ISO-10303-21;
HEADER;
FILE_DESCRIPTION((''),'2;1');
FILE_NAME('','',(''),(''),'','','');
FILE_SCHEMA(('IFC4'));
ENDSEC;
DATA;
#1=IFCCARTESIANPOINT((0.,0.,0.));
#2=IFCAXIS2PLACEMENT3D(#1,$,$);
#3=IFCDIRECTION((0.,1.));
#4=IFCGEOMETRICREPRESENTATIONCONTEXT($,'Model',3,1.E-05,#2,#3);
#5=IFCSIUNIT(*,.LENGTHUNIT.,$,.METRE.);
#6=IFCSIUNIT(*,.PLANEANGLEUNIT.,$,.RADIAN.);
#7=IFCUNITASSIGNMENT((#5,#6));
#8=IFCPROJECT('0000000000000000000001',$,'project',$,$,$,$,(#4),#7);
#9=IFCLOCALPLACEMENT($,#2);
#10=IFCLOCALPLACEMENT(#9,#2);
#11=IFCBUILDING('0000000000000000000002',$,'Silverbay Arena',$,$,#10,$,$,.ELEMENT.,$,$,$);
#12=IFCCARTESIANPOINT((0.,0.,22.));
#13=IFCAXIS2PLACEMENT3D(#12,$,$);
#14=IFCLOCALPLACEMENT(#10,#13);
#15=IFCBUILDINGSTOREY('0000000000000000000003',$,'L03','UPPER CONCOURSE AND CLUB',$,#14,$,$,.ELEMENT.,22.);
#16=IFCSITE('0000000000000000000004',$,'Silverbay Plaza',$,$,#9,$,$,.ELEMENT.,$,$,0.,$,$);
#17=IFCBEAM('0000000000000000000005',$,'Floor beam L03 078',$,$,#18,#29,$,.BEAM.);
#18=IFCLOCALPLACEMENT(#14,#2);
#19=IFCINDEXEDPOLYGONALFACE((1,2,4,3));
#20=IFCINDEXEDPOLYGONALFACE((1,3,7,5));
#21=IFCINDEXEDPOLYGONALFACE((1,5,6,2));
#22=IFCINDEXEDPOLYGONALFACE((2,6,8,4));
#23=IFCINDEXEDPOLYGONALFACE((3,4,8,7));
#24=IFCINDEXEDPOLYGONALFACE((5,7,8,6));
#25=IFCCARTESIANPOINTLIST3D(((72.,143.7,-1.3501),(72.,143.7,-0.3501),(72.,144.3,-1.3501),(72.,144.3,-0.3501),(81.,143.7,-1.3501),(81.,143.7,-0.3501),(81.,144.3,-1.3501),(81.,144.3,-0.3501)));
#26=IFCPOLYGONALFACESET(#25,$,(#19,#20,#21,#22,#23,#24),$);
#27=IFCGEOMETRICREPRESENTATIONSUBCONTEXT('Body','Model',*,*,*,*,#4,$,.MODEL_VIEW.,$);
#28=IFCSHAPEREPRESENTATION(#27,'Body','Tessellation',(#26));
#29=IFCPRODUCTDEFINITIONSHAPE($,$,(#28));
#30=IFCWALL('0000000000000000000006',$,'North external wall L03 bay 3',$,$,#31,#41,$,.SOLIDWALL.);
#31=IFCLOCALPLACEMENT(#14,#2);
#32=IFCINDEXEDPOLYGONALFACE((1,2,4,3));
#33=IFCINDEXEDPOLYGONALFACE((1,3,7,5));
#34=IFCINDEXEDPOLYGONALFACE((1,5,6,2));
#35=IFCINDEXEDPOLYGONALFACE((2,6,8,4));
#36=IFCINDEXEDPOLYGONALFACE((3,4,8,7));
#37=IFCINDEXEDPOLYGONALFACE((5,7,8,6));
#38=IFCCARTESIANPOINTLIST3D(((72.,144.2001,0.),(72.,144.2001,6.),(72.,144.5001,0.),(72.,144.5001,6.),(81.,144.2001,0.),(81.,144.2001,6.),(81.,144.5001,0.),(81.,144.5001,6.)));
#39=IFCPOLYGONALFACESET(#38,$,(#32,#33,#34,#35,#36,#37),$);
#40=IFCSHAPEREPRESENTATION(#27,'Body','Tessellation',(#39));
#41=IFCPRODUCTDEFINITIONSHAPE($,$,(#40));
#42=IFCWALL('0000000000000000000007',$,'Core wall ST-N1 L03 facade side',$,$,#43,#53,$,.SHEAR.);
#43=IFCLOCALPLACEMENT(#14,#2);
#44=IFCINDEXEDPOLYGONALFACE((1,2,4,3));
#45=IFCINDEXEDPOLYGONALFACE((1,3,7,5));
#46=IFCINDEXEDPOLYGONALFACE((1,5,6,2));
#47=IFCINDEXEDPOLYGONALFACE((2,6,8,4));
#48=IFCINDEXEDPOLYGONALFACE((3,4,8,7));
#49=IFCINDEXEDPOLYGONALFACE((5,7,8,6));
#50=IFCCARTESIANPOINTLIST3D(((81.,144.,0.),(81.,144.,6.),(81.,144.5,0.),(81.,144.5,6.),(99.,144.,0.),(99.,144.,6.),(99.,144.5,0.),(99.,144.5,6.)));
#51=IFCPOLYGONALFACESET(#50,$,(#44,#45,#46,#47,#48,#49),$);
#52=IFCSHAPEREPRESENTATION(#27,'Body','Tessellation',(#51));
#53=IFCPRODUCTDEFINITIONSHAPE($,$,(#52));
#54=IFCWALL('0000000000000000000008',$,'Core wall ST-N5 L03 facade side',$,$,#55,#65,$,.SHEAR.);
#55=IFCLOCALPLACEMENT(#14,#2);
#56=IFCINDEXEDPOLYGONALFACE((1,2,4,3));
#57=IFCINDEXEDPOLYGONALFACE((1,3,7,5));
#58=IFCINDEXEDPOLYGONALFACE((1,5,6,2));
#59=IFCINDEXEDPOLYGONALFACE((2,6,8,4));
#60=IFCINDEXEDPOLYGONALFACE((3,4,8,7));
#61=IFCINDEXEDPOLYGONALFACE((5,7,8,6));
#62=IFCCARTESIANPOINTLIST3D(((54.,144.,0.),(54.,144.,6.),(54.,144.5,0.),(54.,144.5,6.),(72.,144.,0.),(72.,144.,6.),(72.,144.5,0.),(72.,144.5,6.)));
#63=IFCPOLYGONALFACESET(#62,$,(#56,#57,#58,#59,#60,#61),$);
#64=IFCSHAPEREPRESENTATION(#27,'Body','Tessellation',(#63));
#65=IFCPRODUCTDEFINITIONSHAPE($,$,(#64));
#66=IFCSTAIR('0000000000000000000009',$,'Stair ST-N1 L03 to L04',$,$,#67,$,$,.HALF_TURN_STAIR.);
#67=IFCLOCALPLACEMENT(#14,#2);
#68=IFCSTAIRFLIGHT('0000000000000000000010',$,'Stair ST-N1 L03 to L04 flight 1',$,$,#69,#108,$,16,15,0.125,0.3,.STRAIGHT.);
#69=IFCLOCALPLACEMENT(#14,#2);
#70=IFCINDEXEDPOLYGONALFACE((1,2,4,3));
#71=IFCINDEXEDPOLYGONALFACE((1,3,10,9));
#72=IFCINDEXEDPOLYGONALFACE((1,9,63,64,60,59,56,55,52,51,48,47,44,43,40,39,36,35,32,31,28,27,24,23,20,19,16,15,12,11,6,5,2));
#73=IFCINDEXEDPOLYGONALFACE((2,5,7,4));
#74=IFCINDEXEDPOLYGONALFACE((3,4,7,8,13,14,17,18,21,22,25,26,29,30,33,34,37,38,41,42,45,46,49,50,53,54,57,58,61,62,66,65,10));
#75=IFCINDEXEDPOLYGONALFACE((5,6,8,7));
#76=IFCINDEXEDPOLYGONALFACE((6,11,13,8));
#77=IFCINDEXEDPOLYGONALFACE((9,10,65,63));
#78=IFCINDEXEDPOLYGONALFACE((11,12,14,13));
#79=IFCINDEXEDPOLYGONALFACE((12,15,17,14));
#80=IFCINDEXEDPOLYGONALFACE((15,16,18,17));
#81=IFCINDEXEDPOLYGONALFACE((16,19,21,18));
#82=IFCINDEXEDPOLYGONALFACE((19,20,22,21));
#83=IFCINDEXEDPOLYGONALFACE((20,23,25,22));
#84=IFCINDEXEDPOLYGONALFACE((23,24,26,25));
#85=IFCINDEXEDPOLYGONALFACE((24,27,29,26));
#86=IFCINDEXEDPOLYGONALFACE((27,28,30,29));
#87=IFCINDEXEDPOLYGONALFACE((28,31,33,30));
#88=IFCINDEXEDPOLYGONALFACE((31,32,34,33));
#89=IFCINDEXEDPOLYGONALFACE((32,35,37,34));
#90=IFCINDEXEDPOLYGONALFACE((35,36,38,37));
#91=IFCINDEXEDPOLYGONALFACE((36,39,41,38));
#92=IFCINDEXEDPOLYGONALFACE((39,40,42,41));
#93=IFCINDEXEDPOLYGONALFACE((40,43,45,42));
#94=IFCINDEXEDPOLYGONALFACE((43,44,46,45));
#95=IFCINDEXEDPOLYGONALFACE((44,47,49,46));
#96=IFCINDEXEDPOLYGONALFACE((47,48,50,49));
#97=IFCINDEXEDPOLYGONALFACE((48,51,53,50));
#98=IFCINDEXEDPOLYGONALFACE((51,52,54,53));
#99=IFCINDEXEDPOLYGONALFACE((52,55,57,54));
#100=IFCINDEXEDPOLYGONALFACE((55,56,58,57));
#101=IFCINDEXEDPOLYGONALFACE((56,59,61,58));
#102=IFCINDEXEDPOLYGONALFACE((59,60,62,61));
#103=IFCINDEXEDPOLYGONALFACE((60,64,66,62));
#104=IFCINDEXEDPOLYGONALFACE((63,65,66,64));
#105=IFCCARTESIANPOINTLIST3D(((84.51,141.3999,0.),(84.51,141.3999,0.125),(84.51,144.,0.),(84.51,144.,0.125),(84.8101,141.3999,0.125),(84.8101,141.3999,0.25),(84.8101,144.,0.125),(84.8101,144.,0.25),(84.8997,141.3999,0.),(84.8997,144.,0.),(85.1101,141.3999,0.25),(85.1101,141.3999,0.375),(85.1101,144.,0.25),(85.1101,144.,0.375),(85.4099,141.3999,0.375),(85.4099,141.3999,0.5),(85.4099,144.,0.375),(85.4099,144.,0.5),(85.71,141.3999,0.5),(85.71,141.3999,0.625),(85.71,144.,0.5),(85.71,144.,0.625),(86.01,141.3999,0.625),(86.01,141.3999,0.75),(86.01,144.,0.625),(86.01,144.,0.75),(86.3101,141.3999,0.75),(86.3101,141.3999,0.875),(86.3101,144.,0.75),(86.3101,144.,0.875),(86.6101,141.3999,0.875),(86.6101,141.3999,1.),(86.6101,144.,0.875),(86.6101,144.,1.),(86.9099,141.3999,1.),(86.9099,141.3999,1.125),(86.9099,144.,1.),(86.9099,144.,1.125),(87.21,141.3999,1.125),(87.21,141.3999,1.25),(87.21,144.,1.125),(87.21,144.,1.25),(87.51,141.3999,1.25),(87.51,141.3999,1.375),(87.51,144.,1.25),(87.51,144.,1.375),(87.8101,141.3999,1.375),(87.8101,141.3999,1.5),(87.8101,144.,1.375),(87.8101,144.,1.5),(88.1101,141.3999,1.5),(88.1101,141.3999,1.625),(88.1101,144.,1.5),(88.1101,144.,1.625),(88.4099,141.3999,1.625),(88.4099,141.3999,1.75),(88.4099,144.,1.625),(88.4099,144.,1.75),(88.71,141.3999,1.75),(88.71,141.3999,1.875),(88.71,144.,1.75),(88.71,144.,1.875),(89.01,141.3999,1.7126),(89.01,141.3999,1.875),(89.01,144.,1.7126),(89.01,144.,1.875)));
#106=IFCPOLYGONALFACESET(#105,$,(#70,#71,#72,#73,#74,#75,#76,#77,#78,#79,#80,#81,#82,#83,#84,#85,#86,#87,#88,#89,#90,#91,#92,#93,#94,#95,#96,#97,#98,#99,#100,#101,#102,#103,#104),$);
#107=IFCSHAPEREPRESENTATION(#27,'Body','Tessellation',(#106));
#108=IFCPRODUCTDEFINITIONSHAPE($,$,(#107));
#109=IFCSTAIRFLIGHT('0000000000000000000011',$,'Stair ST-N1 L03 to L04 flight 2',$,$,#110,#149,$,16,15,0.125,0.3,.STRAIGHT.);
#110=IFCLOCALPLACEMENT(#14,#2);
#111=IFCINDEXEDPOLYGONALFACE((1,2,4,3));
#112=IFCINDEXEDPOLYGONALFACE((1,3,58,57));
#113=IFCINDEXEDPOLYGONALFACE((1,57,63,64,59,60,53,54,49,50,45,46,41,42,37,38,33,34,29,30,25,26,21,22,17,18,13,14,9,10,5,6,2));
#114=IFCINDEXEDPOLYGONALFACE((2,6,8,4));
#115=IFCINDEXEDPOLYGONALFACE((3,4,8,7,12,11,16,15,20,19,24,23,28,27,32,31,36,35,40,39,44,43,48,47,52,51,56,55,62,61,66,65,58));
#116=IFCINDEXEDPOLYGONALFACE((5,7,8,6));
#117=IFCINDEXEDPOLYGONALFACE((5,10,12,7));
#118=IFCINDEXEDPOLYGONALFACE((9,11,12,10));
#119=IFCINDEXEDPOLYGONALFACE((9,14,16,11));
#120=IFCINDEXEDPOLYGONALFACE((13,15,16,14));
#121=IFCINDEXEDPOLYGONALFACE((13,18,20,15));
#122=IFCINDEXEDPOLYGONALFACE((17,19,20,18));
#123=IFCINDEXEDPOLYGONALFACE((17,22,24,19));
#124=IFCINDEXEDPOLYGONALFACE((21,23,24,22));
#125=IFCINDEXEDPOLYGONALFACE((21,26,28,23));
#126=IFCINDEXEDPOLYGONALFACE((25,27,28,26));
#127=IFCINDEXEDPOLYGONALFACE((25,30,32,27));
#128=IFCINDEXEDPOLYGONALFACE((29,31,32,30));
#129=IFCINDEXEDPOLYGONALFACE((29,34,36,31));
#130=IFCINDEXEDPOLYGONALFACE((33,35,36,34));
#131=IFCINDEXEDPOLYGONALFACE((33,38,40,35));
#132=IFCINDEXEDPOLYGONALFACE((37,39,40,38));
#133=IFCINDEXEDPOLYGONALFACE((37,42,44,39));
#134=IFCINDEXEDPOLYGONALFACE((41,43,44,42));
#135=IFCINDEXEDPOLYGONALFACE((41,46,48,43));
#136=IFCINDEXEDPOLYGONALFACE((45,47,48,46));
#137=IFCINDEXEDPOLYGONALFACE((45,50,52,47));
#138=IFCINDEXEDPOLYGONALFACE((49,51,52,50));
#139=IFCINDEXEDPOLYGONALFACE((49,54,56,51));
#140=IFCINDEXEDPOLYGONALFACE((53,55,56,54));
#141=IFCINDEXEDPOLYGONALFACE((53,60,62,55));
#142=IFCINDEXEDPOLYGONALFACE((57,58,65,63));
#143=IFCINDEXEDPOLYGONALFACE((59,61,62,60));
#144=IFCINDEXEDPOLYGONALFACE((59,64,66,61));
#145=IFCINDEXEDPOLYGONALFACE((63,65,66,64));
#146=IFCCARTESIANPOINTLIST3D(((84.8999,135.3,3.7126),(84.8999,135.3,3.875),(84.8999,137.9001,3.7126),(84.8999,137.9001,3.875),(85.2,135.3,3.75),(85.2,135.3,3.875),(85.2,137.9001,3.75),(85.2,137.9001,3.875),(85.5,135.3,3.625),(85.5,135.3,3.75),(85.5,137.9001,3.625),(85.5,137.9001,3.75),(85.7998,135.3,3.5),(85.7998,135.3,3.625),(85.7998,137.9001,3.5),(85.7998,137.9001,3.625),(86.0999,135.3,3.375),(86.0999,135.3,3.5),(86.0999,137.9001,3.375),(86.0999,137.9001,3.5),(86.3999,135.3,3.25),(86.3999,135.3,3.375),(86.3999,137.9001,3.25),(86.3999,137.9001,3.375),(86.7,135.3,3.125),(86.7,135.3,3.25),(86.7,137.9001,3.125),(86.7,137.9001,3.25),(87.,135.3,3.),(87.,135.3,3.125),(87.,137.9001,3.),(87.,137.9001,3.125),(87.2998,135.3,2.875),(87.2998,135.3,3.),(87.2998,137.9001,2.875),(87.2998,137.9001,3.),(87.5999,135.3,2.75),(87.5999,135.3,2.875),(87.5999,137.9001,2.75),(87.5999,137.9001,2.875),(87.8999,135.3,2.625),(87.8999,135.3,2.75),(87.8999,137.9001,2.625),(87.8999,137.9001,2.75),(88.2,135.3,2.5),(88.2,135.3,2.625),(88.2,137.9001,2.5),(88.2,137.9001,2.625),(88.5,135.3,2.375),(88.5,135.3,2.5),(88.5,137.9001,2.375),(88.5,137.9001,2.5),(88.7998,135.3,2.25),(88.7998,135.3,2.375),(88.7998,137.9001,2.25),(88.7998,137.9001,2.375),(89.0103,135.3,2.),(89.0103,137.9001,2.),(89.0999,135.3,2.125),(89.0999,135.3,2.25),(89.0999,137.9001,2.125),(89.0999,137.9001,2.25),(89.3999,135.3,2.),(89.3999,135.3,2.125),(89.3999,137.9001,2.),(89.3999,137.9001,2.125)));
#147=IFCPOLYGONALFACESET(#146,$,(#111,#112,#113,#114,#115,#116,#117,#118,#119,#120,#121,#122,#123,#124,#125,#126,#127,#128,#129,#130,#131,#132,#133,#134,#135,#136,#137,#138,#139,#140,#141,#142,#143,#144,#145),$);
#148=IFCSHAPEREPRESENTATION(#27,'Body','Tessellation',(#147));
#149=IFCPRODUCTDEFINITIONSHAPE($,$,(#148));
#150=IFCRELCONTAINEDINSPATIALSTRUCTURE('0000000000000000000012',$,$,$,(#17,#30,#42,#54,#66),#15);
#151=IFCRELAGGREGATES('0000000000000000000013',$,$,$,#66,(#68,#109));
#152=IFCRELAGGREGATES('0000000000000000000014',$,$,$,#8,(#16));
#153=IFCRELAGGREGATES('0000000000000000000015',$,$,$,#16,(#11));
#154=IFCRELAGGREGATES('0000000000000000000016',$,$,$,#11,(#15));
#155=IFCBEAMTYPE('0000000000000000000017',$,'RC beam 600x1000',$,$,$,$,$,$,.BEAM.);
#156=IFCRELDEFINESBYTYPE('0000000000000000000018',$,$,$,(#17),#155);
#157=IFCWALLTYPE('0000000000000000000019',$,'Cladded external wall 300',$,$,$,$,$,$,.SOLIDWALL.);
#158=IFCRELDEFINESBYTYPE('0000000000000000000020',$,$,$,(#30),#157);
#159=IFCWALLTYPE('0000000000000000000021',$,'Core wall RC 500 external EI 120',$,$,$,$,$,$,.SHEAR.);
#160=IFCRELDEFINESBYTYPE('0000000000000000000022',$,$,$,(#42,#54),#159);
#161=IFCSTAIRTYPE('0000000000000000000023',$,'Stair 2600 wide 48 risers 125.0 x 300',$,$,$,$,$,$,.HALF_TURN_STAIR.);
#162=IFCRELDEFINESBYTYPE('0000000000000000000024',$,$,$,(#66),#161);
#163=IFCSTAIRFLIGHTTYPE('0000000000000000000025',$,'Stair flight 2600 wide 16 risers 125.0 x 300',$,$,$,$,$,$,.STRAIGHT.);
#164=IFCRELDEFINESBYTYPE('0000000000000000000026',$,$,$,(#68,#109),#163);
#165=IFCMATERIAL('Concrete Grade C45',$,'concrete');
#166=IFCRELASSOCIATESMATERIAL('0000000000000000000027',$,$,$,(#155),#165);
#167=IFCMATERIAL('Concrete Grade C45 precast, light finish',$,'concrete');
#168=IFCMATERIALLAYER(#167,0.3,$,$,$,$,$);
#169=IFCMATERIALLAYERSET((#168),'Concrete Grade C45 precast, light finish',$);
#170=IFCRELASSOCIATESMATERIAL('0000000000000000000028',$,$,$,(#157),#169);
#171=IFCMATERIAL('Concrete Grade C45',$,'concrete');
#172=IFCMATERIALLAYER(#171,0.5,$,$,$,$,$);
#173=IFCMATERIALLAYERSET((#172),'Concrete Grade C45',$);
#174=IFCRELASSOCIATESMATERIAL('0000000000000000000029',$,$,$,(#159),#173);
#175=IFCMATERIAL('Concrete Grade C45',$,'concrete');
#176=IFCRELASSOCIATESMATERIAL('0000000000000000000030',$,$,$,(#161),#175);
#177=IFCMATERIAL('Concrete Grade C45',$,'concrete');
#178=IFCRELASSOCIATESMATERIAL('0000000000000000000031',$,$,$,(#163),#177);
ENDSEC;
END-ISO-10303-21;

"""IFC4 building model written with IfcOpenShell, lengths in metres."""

from ifc_helpers import new_model, si_unit, direction, frame, frame_2d, origin, origin_2d, place, context, subcontext, project, spatial, polyline, rectangle, outline, extrude, material, layer, layer_set, material_profile, profile_set, type_object, element, aggregate, save


model = new_model("IFC4")

# Units and contexts
model_context = context("Model", 3, precision=1e-05, world=origin(), true_north=direction((0.0, 1.0)))
body_context = subcontext(model_context, "Body", "Model", "MODEL_VIEW")
ifc_project = project(units=[si_unit("LENGTHUNIT", "METRE"), si_unit("PLANEANGLEUNIT", "RADIAN")], contexts=[model_context])

# Site, building, storey
site_placement = place(None, origin())
site = spatial("IfcSite", under=ifc_project, at=site_placement, Name="Silverbay Plaza", CompositionType="ELEMENT", RefElevation=0.0)
building_placement = place(site_placement, origin())
building = spatial("IfcBuilding", under=site, at=building_placement, Name="Silverbay Arena", CompositionType="ELEMENT")
storey_placement = place(building_placement, frame((0.0, 0.0, 22.0)))
storey = spatial("IfcBuildingStorey", under=building, at=storey_placement, Name="L03", Description="UPPER CONCOURSE AND CLUB", CompositionType="ELEMENT", Elevation=22.0)

# Beam
ifc_material_1 = material(Name="Concrete Grade C45", Category="concrete")
ifc_material_profile_1 = material_profile(ifc_material_1, rectangle(XDim=0.6001, YDim=1.0, at=origin_2d()), Name="RC 600x1000")
ifc_profile_set_1 = profile_set([ifc_material_profile_1], Name="Concrete Grade C45")
beam_type = type_object("IfcBeamType", Name="RC beam 600x1000", PredefinedType="BEAM", material=ifc_profile_set_1)
beam_placement = place(storey_placement, frame((72.0, 144.0, -0.8501), z_axis=(1.0, 0.0, 0.0), x_axis=(0.0, 1.0, 0.0)))
element("IfcBeam", 1, at=beam_placement, inside=storey, type_object=beam_type, Name="Floor beam L03 078", PredefinedType="BEAM", context=body_context, shape_type="SweptSolid", body=[
    extrude(rectangle(XDim=0.6001, YDim=1.0, at=origin_2d()), origin(), (0.0, 0.0, 1.0), 9.0),
])

# Walls
ifc_material_2 = material(Name="Concrete Grade C45 precast, light finish", Category="concrete")
ifc_layer_1 = layer(ifc_material_2, 0.3)
ifc_layer_set_1 = layer_set([ifc_layer_1], Name="Concrete Grade C45 precast, light finish")
wall_type_1 = type_object("IfcWallType", Name="Cladded external wall 300", PredefinedType="SOLIDWALL", material=ifc_layer_set_1)
wall_placement = place(storey_placement, frame((81.0, 144.3501, 0.0), z_axis=(0.0, 0.0, 1.0), x_axis=(-1.0, 0.0, 0.0)))
element("IfcWall", 2, at=wall_placement, inside=storey, type_object=wall_type_1, Name="North external wall L03 bay 3", PredefinedType="SOLIDWALL", context=body_context, shape_type="SweptSolid", body=[
    extrude(rectangle(XDim=9.0, YDim=0.3, at=frame_2d((4.5, 0.0))), origin(), (0.0, 0.0, 1.0), 6.0),
])
ifc_material_3 = material(Name="Concrete Grade C45", Category="concrete")
ifc_layer_2 = layer(ifc_material_3, 0.5)
ifc_layer_set_2 = layer_set([ifc_layer_2], Name="Concrete Grade C45")
wall_type_2 = type_object("IfcWallType", Name="Core wall RC 500 external EI 120", PredefinedType="SHEAR", material=ifc_layer_set_2)
for number, where, z_axis, x_axis, name in (
    (3, (81.0, 144.25, 0.0), (0.0, 0.0, 1.0), (1.0, 0.0, 0.0), "Core wall ST-N1 L03 facade side"),
    (4, (72.0, 144.25, 0.0), (0.0, 0.0, 1.0), (-1.0, 0.0, 0.0), "Core wall ST-N5 L03 facade side"),
):
    element("IfcWall", number, at=place(storey_placement, frame(where, z_axis=z_axis, x_axis=x_axis)), inside=storey, type_object=wall_type_2, Name=name, PredefinedType="SHEAR", context=body_context, shape_type="SweptSolid", body=[
        extrude(rectangle(XDim=18.0, YDim=0.5, at=frame_2d((9.0, 0.0))), origin(), (0.0, 0.0, 1.0), 6.0),
    ])

# Stair, stair flights
ifc_material_4 = material(Name="Concrete Grade C45", Category="concrete")
stair_type = type_object("IfcStairType", Name="Stair 2600 wide 48 risers 125.0 x 300", PredefinedType="HALF_TURN_STAIR", material=ifc_material_4)
stair_1_placement = place(storey_placement, origin())
stair_1 = element("IfcStair", 5, at=stair_1_placement, inside=storey, type_object=stair_type, Name="Stair ST-N1 L03 to L04", PredefinedType="HALF_TURN_STAIR")
ifc_material_5 = material(Name="Concrete Grade C45", Category="concrete")
stair_flight_type = type_object("IfcStairFlightType", Name="Stair flight 2600 wide 16 risers 125.0 x 300", PredefinedType="STRAIGHT", material=ifc_material_5)
stair_flight_1_placement = place(storey_placement, frame((84.51, 142.7, 0.0), z_axis=(0.0, 0.0, 1.0), x_axis=(1.0, 0.0, 0.0)))
stair_flight_1 = element("IfcStairFlight", 6, at=stair_flight_1_placement, type_object=stair_flight_type, Name="Stair ST-N1 L03 to L04 flight 1", NumberOfRisers=16, NumberOfTreads=15, PredefinedType="STRAIGHT", RiserHeight=0.125, TreadLength=0.3, context=body_context, shape_type="SweptSolid", body=[
    extrude(outline(polyline([(0.0, 0.0), (0.0, 0.125), (0.3, 0.125), (0.3, 0.25), (0.6001, 0.25), (0.6001, 0.375), (0.8999, 0.375), (0.8999, 0.5), (1.2, 0.5), (1.2, 0.625), (1.5, 0.625), (1.5, 0.75), (1.8, 0.75), (1.8, 0.875), (2.1001, 0.875), (2.1001, 1.0), (2.3999, 1.0), (2.3999, 1.125), (2.7, 1.125), (2.7, 1.25), (3.0, 1.25), (3.0, 1.375), (3.3, 1.375), (3.3, 1.5), (3.6001, 1.5), (3.6001, 1.625), (3.8999, 1.625), (3.8999, 1.75), (4.2, 1.75), (4.2, 1.875), (4.5, 1.875), (4.5, 1.7126), (0.3896, 0.0), (0.0, 0.0)])), frame((0.0, 1.3, 0.0), z_axis=(0.0, -1.0, 0.0), x_axis=(1.0, 0.0, 0.0)), (0.0, 0.0, 1.0), 2.6001),
])
stair_flight_2_placement = place(storey_placement, frame((89.3999, 136.6001, 2.0), z_axis=(0.0, 0.0, 1.0), x_axis=(-1.0, 0.0, 0.0)))
stair_flight_2 = element("IfcStairFlight", 7, at=stair_flight_2_placement, type_object=stair_flight_type, Name="Stair ST-N1 L03 to L04 flight 2", NumberOfRisers=16, NumberOfTreads=15, PredefinedType="STRAIGHT", RiserHeight=0.125, TreadLength=0.3, context=body_context, shape_type="SweptSolid", body=[
    extrude(outline(polyline([(0.0, 0.0), (0.0, 0.125), (0.3, 0.125), (0.3, 0.25), (0.6001, 0.25), (0.6001, 0.375), (0.8999, 0.375), (0.8999, 0.5), (1.2, 0.5), (1.2, 0.625), (1.5, 0.625), (1.5, 0.75), (1.8, 0.75), (1.8, 0.875), (2.1001, 0.875), (2.1001, 1.0), (2.3999, 1.0), (2.3999, 1.125), (2.7, 1.125), (2.7, 1.25), (3.0, 1.25), (3.0, 1.375), (3.3, 1.375), (3.3, 1.5), (3.6001, 1.5), (3.6001, 1.625), (3.8999, 1.625), (3.8999, 1.75), (4.2, 1.75), (4.2, 1.875), (4.5, 1.875), (4.5, 1.7126), (0.3896, 0.0), (0.0, 0.0)])), frame((0.0, 1.3, 0.0), z_axis=(0.0, -1.0, 0.0), x_axis=(1.0, 0.0, 0.0)), (0.0, 0.0, 1.0), 2.6001),
])
aggregate(stair_1, [stair_flight_1, stair_flight_2])

save(model, "model.ifc")
